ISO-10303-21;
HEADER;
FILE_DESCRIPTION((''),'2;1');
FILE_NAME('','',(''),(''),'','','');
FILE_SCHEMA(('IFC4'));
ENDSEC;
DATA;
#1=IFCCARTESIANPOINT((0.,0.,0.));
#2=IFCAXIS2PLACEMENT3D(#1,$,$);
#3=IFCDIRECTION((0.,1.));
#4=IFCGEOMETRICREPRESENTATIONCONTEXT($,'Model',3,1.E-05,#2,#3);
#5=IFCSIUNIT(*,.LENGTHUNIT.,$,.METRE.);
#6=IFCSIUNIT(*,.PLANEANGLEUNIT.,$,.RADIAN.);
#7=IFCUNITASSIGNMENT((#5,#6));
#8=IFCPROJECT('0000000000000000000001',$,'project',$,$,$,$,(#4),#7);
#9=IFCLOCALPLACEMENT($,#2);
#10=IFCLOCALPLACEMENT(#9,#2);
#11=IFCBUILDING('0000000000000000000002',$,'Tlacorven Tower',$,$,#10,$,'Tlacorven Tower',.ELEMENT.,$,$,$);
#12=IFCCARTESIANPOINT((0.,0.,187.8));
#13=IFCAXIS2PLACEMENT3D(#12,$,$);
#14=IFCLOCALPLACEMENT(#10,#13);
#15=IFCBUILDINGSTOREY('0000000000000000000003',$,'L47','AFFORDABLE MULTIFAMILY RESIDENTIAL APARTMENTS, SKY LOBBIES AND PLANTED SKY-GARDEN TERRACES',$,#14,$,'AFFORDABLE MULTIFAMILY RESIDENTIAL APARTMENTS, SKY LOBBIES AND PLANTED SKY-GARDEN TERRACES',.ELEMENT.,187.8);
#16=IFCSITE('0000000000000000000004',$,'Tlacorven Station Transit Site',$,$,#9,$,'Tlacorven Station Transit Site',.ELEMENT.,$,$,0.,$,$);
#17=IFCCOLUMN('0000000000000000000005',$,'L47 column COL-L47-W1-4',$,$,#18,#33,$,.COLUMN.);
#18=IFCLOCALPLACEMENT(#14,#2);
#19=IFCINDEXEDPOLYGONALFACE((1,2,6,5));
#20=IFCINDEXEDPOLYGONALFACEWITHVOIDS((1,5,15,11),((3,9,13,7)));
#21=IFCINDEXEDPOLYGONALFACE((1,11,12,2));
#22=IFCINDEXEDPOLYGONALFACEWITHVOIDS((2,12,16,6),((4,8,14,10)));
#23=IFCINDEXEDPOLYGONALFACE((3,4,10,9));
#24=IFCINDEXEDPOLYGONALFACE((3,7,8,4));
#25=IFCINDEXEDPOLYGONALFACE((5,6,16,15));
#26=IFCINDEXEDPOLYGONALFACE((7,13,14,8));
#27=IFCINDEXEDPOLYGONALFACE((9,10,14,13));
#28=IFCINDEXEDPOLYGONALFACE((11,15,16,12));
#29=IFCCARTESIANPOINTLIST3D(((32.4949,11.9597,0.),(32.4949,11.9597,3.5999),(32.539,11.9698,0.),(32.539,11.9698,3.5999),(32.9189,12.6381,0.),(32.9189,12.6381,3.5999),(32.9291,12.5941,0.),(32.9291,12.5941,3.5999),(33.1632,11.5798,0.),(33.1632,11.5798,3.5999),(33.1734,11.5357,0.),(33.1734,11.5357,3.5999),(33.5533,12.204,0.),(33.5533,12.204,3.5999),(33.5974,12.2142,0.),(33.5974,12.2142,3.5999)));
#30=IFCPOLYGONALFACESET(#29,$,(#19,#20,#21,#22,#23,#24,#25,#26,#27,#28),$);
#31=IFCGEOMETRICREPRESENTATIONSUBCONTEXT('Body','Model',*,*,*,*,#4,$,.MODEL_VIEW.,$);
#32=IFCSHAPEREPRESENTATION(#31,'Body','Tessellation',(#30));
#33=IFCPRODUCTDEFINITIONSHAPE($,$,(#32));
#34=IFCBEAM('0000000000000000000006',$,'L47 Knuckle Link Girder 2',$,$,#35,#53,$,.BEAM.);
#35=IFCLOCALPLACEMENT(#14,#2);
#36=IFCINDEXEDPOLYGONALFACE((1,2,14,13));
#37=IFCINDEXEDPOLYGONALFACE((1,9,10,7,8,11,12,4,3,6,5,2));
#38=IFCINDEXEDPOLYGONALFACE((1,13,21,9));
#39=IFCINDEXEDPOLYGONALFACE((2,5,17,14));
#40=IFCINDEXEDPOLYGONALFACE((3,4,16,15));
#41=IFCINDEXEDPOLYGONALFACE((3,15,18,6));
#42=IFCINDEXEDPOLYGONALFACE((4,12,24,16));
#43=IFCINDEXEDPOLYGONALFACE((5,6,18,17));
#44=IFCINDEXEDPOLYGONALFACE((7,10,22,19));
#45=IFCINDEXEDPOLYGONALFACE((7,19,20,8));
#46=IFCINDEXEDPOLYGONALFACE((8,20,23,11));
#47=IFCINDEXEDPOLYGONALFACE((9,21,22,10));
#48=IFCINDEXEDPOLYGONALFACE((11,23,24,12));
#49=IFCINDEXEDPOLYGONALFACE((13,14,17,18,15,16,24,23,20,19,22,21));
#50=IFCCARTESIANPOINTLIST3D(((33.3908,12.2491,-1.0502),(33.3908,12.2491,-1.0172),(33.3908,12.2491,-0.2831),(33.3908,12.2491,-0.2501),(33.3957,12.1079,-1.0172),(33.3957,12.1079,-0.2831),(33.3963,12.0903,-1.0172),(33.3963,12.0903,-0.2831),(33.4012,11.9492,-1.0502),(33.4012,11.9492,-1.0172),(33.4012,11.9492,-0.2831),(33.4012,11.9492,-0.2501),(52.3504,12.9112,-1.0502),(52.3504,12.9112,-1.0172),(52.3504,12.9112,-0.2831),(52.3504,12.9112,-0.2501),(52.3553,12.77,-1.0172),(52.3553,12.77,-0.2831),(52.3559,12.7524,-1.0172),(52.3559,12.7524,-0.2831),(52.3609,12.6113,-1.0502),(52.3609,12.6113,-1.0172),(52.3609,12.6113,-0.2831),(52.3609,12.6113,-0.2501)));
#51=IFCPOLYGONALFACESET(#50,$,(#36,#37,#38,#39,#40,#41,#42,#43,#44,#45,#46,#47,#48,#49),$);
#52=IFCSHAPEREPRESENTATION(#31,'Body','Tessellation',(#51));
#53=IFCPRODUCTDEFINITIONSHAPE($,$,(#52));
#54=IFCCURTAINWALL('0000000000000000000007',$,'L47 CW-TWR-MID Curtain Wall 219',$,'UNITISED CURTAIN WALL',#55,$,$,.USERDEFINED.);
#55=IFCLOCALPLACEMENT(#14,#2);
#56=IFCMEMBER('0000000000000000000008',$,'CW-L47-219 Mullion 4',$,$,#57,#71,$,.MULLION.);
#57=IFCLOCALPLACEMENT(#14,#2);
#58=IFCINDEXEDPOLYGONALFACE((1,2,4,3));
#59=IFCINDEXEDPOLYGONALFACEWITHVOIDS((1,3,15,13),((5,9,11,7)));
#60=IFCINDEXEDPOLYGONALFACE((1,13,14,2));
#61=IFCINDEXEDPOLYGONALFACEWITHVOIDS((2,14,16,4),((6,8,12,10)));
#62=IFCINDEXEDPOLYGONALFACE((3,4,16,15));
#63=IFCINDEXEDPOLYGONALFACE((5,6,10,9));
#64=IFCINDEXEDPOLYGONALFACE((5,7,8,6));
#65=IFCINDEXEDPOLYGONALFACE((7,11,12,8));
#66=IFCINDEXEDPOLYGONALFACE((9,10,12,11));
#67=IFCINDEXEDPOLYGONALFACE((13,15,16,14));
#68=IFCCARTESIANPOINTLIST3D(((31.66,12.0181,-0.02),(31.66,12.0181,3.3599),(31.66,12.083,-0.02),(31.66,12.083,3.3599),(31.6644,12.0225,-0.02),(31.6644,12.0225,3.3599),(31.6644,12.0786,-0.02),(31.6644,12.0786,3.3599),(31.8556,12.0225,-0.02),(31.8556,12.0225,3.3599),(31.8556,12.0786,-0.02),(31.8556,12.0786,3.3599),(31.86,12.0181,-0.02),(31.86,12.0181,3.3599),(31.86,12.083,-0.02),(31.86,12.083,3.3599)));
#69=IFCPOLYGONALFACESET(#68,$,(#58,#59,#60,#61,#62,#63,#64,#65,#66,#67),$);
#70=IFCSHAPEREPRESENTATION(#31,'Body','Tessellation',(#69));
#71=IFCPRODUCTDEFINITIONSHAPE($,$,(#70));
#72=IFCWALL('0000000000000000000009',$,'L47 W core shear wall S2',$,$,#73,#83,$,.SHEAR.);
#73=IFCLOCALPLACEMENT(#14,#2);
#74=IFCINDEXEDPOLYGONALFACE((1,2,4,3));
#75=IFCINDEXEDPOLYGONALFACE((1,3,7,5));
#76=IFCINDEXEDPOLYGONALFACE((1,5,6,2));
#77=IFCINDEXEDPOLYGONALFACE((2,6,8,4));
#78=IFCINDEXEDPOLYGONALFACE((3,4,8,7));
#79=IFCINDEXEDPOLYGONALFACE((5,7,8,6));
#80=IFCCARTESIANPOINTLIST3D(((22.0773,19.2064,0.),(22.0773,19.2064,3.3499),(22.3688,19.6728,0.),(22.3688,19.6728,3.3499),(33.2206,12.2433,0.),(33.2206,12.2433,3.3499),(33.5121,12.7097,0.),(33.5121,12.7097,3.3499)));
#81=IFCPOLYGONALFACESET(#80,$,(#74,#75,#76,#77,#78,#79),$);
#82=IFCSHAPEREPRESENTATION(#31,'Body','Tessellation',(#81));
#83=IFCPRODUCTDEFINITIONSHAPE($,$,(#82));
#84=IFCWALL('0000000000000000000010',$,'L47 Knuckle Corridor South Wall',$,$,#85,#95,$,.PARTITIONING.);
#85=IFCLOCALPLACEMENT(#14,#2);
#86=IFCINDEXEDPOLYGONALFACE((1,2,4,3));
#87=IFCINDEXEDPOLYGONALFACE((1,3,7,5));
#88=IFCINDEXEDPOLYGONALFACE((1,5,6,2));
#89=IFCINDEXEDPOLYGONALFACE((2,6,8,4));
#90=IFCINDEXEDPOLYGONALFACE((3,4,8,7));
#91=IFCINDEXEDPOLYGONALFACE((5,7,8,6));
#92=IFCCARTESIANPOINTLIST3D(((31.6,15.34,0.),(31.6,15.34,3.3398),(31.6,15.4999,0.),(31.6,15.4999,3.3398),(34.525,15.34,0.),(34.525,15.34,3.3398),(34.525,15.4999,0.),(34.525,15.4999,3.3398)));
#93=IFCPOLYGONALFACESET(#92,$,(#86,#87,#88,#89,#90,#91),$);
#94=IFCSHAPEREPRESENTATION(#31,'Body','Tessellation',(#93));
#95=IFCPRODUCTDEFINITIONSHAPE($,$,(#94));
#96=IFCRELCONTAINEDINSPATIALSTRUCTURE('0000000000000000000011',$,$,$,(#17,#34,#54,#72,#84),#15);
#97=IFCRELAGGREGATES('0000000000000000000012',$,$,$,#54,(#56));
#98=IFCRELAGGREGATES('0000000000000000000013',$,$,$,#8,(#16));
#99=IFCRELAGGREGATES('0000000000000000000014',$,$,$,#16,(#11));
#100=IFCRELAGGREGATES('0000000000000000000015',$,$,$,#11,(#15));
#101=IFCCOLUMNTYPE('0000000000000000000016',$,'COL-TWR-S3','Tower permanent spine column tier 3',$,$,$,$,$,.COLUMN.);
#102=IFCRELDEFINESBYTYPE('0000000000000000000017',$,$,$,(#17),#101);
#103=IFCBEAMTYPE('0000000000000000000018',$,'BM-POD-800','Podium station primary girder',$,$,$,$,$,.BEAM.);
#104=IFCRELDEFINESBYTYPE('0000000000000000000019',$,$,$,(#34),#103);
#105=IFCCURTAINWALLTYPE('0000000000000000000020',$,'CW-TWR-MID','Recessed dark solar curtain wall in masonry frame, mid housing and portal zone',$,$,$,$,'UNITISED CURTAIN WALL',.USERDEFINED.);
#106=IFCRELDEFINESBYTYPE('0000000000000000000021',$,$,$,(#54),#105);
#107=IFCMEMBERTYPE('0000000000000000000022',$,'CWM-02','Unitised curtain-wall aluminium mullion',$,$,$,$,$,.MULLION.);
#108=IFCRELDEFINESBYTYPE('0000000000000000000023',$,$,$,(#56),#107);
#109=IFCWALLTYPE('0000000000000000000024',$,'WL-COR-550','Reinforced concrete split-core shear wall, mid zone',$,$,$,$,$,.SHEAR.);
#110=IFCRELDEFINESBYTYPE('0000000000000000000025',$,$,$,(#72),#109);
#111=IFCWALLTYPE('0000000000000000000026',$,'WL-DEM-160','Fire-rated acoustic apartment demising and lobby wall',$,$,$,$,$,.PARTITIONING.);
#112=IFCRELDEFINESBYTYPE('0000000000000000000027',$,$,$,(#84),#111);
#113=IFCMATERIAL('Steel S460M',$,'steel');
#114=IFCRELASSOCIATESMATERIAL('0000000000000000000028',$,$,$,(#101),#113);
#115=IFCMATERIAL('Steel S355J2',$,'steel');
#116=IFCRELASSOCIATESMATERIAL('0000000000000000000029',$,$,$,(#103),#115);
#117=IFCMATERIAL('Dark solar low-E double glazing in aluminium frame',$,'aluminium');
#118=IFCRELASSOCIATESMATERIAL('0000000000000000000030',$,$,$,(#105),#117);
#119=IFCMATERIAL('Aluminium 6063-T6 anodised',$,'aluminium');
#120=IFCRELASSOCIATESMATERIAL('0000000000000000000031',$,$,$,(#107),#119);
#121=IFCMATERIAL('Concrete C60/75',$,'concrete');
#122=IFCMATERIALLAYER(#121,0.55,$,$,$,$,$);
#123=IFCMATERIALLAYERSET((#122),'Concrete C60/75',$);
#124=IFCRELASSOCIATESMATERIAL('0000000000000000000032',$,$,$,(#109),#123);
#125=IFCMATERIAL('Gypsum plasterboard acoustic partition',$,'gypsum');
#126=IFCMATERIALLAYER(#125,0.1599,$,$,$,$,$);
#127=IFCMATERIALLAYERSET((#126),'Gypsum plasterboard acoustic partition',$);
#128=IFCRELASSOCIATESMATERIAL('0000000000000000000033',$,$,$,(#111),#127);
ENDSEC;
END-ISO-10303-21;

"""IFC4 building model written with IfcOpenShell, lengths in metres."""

from ifc_helpers import new_model, si_unit, direction, frame, frame_2d, origin, origin_2d, place, context, subcontext, project, spatial, rectangle, hollow_rectangle, i_section, extrude, source, transform, mapped, material, layer, layer_set, material_profile, profile_set, type_object, element, aggregate, save


model = new_model("IFC4")

# Units and contexts
model_context = context("Model", 3, precision=1e-05, world=origin(), true_north=direction((0.0, 1.0)))
body_context = subcontext(model_context, "Body", "Model", "MODEL_VIEW")
ifc_project = project(units=[si_unit("LENGTHUNIT", "METRE"), si_unit("PLANEANGLEUNIT", "RADIAN")], contexts=[model_context])

# Site, building, storey
site_placement = place(None, origin())
site = spatial("IfcSite", under=ifc_project, at=site_placement, Name="Tlacorven Station Transit Site", LongName="Tlacorven Station Transit Site", CompositionType="ELEMENT", RefElevation=0.0)
building_placement = place(site_placement, origin())
building = spatial("IfcBuilding", under=site, at=building_placement, Name="Tlacorven Tower", LongName="Tlacorven Tower", CompositionType="ELEMENT")
storey_placement = place(building_placement, frame((0.0, 0.0, 187.8)))
storey = spatial("IfcBuildingStorey", under=building, at=storey_placement, Name="L47", Description="AFFORDABLE MULTIFAMILY RESIDENTIAL APARTMENTS, SKY LOBBIES AND PLANTED SKY-GARDEN TERRACES", LongName="AFFORDABLE MULTIFAMILY RESIDENTIAL APARTMENTS, SKY LOBBIES AND PLANTED SKY-GARDEN TERRACES", CompositionType="ELEMENT", Elevation=187.8)

# Column
ifc_material_1 = material(Name="Steel S460M", Category="steel")
ifc_material_profile_1 = material_profile(ifc_material_1, hollow_rectangle(XDim=0.8, YDim=0.8, WallThickness=0.032, at=origin_2d()), Name="BOX 800X800X32")
ifc_profile_set_1 = profile_set([ifc_material_profile_1], Name="Steel S460M")
column_type = type_object("IfcColumnType", Name="COL-TWR-S3", Description="Tower permanent spine column tier 3", PredefinedType="COLUMN", material=ifc_profile_set_1)
shared_shape_1 = source(origin(), body_context, "Body", "SweptSolid", [
    extrude(hollow_rectangle(XDim=0.8, YDim=0.8, WallThickness=0.032, at=origin_2d()), origin(), (0.0, 0.0, 1.0), 3.5999),
])
column_placement = place(storey_placement, frame((33.0461, 12.0869, 0.0), z_axis=(0.0, 0.0, 1.0), x_axis=(-0.848048, 0.529919, 0.0)))
element("IfcColumn", 1, at=column_placement, inside=storey, type_object=column_type, Name="L47 column COL-L47-W1-4", PredefinedType="COLUMN", context=body_context, shape_type="MappedRepresentation", body=[
    mapped(shared_shape_1, transform((0.0, 0.0, 0.0), scale=1.0)),
])

# Beam
ifc_material_2 = material(Name="Steel S355J2", Category="steel")
ifc_material_profile_2 = material_profile(ifc_material_2, i_section(OverallWidth=0.3, OverallDepth=0.8, WebThickness=0.0176, FlangeThickness=0.033, at=origin_2d()), Name="HEB 800")
ifc_profile_set_2 = profile_set([ifc_material_profile_2], Name="Steel S355J2")
beam_type = type_object("IfcBeamType", Name="BM-POD-800", Description="Podium station primary girder", PredefinedType="BEAM", material=ifc_profile_set_2)
shared_shape_2 = source(origin(), body_context, "Body", "SweptSolid", [
    extrude(i_section(OverallWidth=0.3, OverallDepth=0.8, WebThickness=0.0176, FlangeThickness=0.033, at=origin_2d()), origin(), (0.0, 0.0, 1.0), 18.9712),
])
beam_placement = place(storey_placement, frame((33.396, 12.0991, -0.6501), z_axis=(0.999391, 0.034901, 0.0), x_axis=(-0.034901, 0.999391, 0.0)))
element("IfcBeam", 2, at=beam_placement, inside=storey, type_object=beam_type, Name="L47 Knuckle Link Girder 2", PredefinedType="BEAM", context=body_context, shape_type="MappedRepresentation", body=[
    mapped(shared_shape_2, transform((0.0, 0.0, 0.0), scale=1.0)),
])

# Curtain wall, member
ifc_material_3 = material(Name="Dark solar low-E double glazing in aluminium frame", Category="aluminium")
curtain_wall_type = type_object("IfcCurtainWallType", Name="CW-TWR-MID", Description="Recessed dark solar curtain wall in masonry frame, mid housing and portal zone", ElementType="UNITISED CURTAIN WALL", PredefinedType="USERDEFINED", material=ifc_material_3)
curtain_wall_placement = place(storey_placement, origin())
curtain_wall = element("IfcCurtainWall", 3, at=curtain_wall_placement, inside=storey, type_object=curtain_wall_type, Name="L47 CW-TWR-MID Curtain Wall 219", ObjectType="UNITISED CURTAIN WALL", PredefinedType="USERDEFINED")
ifc_material_4 = material(Name="Aluminium 6063-T6 anodised", Category="aluminium")
ifc_material_profile_3 = material_profile(ifc_material_4, hollow_rectangle(XDim=0.0649, YDim=0.2, WallThickness=0.0044, at=origin_2d()), Name="ALU MULLION 65X200")
ifc_profile_set_3 = profile_set([ifc_material_profile_3], Name="Aluminium 6063-T6 anodised")
member_type = type_object("IfcMemberType", Name="CWM-02", Description="Unitised curtain-wall aluminium mullion", PredefinedType="MULLION", material=ifc_profile_set_3)
shared_shape_3 = source(origin(), body_context, "Body", "SweptSolid", [
    extrude(hollow_rectangle(XDim=0.0649, YDim=0.2, WallThickness=0.0044, at=origin_2d()), origin(), (0.0, 0.0, 1.0), 3.3799),
])
member_placement = place(storey_placement, frame((31.76, 12.0505, -0.02), z_axis=(0.0, 0.0, 1.0), x_axis=(0.0, 1.0, 0.0)))
member = element("IfcMember", 4, at=member_placement, type_object=member_type, Name="CW-L47-219 Mullion 4", PredefinedType="MULLION", context=body_context, shape_type="MappedRepresentation", body=[
    mapped(shared_shape_3, transform((0.0, 0.0, 0.0), scale=1.0)),
])
aggregate(curtain_wall, [member])

# Walls
ifc_material_5 = material(Name="Concrete C60/75", Category="concrete")
ifc_layer_1 = layer(ifc_material_5, 0.55)
ifc_layer_set_1 = layer_set([ifc_layer_1], Name="Concrete C60/75")
wall_type_1 = type_object("IfcWallType", Name="WL-COR-550", Description="Reinforced concrete split-core shear wall, mid zone", PredefinedType="SHEAR", material=ifc_layer_set_1)
wall_1_placement = place(storey_placement, frame((33.3662, 12.4766, 0.0), z_axis=(0.0, 0.0, 1.0), x_axis=(-0.848047, 0.52992, 0.0)))
element("IfcWall", 5, at=wall_1_placement, inside=storey, type_object=wall_type_1, Name="L47 W core shear wall S2", PredefinedType="SHEAR", context=body_context, shape_type="SweptSolid", body=[
    extrude(rectangle(XDim=13.1399, YDim=0.55, at=frame_2d((6.5698, 0.0))), origin(), (0.0, 0.0, 1.0), 3.3499),
])
ifc_material_6 = material(Name="Gypsum plasterboard acoustic partition", Category="gypsum")
ifc_layer_2 = layer(ifc_material_6, 0.1599)
ifc_layer_set_2 = layer_set([ifc_layer_2], Name="Gypsum plasterboard acoustic partition")
wall_type_2 = type_object("IfcWallType", Name="WL-DEM-160", Description="Fire-rated acoustic apartment demising and lobby wall", PredefinedType="PARTITIONING", material=ifc_layer_set_2)
wall_2_placement = place(storey_placement, frame((31.6001, 15.4199, 0.0), z_axis=(0.0, 0.0, 1.0), x_axis=(1.0, 0.0, 0.0)))
element("IfcWall", 6, at=wall_2_placement, inside=storey, type_object=wall_type_2, Name="L47 Knuckle Corridor South Wall", PredefinedType="PARTITIONING", context=body_context, shape_type="SweptSolid", body=[
    extrude(rectangle(XDim=2.925, YDim=0.1599, at=frame_2d((1.4624, 0.0))), origin(), (0.0, 0.0, 1.0), 3.3398),
])

save(model, "model.ifc")
